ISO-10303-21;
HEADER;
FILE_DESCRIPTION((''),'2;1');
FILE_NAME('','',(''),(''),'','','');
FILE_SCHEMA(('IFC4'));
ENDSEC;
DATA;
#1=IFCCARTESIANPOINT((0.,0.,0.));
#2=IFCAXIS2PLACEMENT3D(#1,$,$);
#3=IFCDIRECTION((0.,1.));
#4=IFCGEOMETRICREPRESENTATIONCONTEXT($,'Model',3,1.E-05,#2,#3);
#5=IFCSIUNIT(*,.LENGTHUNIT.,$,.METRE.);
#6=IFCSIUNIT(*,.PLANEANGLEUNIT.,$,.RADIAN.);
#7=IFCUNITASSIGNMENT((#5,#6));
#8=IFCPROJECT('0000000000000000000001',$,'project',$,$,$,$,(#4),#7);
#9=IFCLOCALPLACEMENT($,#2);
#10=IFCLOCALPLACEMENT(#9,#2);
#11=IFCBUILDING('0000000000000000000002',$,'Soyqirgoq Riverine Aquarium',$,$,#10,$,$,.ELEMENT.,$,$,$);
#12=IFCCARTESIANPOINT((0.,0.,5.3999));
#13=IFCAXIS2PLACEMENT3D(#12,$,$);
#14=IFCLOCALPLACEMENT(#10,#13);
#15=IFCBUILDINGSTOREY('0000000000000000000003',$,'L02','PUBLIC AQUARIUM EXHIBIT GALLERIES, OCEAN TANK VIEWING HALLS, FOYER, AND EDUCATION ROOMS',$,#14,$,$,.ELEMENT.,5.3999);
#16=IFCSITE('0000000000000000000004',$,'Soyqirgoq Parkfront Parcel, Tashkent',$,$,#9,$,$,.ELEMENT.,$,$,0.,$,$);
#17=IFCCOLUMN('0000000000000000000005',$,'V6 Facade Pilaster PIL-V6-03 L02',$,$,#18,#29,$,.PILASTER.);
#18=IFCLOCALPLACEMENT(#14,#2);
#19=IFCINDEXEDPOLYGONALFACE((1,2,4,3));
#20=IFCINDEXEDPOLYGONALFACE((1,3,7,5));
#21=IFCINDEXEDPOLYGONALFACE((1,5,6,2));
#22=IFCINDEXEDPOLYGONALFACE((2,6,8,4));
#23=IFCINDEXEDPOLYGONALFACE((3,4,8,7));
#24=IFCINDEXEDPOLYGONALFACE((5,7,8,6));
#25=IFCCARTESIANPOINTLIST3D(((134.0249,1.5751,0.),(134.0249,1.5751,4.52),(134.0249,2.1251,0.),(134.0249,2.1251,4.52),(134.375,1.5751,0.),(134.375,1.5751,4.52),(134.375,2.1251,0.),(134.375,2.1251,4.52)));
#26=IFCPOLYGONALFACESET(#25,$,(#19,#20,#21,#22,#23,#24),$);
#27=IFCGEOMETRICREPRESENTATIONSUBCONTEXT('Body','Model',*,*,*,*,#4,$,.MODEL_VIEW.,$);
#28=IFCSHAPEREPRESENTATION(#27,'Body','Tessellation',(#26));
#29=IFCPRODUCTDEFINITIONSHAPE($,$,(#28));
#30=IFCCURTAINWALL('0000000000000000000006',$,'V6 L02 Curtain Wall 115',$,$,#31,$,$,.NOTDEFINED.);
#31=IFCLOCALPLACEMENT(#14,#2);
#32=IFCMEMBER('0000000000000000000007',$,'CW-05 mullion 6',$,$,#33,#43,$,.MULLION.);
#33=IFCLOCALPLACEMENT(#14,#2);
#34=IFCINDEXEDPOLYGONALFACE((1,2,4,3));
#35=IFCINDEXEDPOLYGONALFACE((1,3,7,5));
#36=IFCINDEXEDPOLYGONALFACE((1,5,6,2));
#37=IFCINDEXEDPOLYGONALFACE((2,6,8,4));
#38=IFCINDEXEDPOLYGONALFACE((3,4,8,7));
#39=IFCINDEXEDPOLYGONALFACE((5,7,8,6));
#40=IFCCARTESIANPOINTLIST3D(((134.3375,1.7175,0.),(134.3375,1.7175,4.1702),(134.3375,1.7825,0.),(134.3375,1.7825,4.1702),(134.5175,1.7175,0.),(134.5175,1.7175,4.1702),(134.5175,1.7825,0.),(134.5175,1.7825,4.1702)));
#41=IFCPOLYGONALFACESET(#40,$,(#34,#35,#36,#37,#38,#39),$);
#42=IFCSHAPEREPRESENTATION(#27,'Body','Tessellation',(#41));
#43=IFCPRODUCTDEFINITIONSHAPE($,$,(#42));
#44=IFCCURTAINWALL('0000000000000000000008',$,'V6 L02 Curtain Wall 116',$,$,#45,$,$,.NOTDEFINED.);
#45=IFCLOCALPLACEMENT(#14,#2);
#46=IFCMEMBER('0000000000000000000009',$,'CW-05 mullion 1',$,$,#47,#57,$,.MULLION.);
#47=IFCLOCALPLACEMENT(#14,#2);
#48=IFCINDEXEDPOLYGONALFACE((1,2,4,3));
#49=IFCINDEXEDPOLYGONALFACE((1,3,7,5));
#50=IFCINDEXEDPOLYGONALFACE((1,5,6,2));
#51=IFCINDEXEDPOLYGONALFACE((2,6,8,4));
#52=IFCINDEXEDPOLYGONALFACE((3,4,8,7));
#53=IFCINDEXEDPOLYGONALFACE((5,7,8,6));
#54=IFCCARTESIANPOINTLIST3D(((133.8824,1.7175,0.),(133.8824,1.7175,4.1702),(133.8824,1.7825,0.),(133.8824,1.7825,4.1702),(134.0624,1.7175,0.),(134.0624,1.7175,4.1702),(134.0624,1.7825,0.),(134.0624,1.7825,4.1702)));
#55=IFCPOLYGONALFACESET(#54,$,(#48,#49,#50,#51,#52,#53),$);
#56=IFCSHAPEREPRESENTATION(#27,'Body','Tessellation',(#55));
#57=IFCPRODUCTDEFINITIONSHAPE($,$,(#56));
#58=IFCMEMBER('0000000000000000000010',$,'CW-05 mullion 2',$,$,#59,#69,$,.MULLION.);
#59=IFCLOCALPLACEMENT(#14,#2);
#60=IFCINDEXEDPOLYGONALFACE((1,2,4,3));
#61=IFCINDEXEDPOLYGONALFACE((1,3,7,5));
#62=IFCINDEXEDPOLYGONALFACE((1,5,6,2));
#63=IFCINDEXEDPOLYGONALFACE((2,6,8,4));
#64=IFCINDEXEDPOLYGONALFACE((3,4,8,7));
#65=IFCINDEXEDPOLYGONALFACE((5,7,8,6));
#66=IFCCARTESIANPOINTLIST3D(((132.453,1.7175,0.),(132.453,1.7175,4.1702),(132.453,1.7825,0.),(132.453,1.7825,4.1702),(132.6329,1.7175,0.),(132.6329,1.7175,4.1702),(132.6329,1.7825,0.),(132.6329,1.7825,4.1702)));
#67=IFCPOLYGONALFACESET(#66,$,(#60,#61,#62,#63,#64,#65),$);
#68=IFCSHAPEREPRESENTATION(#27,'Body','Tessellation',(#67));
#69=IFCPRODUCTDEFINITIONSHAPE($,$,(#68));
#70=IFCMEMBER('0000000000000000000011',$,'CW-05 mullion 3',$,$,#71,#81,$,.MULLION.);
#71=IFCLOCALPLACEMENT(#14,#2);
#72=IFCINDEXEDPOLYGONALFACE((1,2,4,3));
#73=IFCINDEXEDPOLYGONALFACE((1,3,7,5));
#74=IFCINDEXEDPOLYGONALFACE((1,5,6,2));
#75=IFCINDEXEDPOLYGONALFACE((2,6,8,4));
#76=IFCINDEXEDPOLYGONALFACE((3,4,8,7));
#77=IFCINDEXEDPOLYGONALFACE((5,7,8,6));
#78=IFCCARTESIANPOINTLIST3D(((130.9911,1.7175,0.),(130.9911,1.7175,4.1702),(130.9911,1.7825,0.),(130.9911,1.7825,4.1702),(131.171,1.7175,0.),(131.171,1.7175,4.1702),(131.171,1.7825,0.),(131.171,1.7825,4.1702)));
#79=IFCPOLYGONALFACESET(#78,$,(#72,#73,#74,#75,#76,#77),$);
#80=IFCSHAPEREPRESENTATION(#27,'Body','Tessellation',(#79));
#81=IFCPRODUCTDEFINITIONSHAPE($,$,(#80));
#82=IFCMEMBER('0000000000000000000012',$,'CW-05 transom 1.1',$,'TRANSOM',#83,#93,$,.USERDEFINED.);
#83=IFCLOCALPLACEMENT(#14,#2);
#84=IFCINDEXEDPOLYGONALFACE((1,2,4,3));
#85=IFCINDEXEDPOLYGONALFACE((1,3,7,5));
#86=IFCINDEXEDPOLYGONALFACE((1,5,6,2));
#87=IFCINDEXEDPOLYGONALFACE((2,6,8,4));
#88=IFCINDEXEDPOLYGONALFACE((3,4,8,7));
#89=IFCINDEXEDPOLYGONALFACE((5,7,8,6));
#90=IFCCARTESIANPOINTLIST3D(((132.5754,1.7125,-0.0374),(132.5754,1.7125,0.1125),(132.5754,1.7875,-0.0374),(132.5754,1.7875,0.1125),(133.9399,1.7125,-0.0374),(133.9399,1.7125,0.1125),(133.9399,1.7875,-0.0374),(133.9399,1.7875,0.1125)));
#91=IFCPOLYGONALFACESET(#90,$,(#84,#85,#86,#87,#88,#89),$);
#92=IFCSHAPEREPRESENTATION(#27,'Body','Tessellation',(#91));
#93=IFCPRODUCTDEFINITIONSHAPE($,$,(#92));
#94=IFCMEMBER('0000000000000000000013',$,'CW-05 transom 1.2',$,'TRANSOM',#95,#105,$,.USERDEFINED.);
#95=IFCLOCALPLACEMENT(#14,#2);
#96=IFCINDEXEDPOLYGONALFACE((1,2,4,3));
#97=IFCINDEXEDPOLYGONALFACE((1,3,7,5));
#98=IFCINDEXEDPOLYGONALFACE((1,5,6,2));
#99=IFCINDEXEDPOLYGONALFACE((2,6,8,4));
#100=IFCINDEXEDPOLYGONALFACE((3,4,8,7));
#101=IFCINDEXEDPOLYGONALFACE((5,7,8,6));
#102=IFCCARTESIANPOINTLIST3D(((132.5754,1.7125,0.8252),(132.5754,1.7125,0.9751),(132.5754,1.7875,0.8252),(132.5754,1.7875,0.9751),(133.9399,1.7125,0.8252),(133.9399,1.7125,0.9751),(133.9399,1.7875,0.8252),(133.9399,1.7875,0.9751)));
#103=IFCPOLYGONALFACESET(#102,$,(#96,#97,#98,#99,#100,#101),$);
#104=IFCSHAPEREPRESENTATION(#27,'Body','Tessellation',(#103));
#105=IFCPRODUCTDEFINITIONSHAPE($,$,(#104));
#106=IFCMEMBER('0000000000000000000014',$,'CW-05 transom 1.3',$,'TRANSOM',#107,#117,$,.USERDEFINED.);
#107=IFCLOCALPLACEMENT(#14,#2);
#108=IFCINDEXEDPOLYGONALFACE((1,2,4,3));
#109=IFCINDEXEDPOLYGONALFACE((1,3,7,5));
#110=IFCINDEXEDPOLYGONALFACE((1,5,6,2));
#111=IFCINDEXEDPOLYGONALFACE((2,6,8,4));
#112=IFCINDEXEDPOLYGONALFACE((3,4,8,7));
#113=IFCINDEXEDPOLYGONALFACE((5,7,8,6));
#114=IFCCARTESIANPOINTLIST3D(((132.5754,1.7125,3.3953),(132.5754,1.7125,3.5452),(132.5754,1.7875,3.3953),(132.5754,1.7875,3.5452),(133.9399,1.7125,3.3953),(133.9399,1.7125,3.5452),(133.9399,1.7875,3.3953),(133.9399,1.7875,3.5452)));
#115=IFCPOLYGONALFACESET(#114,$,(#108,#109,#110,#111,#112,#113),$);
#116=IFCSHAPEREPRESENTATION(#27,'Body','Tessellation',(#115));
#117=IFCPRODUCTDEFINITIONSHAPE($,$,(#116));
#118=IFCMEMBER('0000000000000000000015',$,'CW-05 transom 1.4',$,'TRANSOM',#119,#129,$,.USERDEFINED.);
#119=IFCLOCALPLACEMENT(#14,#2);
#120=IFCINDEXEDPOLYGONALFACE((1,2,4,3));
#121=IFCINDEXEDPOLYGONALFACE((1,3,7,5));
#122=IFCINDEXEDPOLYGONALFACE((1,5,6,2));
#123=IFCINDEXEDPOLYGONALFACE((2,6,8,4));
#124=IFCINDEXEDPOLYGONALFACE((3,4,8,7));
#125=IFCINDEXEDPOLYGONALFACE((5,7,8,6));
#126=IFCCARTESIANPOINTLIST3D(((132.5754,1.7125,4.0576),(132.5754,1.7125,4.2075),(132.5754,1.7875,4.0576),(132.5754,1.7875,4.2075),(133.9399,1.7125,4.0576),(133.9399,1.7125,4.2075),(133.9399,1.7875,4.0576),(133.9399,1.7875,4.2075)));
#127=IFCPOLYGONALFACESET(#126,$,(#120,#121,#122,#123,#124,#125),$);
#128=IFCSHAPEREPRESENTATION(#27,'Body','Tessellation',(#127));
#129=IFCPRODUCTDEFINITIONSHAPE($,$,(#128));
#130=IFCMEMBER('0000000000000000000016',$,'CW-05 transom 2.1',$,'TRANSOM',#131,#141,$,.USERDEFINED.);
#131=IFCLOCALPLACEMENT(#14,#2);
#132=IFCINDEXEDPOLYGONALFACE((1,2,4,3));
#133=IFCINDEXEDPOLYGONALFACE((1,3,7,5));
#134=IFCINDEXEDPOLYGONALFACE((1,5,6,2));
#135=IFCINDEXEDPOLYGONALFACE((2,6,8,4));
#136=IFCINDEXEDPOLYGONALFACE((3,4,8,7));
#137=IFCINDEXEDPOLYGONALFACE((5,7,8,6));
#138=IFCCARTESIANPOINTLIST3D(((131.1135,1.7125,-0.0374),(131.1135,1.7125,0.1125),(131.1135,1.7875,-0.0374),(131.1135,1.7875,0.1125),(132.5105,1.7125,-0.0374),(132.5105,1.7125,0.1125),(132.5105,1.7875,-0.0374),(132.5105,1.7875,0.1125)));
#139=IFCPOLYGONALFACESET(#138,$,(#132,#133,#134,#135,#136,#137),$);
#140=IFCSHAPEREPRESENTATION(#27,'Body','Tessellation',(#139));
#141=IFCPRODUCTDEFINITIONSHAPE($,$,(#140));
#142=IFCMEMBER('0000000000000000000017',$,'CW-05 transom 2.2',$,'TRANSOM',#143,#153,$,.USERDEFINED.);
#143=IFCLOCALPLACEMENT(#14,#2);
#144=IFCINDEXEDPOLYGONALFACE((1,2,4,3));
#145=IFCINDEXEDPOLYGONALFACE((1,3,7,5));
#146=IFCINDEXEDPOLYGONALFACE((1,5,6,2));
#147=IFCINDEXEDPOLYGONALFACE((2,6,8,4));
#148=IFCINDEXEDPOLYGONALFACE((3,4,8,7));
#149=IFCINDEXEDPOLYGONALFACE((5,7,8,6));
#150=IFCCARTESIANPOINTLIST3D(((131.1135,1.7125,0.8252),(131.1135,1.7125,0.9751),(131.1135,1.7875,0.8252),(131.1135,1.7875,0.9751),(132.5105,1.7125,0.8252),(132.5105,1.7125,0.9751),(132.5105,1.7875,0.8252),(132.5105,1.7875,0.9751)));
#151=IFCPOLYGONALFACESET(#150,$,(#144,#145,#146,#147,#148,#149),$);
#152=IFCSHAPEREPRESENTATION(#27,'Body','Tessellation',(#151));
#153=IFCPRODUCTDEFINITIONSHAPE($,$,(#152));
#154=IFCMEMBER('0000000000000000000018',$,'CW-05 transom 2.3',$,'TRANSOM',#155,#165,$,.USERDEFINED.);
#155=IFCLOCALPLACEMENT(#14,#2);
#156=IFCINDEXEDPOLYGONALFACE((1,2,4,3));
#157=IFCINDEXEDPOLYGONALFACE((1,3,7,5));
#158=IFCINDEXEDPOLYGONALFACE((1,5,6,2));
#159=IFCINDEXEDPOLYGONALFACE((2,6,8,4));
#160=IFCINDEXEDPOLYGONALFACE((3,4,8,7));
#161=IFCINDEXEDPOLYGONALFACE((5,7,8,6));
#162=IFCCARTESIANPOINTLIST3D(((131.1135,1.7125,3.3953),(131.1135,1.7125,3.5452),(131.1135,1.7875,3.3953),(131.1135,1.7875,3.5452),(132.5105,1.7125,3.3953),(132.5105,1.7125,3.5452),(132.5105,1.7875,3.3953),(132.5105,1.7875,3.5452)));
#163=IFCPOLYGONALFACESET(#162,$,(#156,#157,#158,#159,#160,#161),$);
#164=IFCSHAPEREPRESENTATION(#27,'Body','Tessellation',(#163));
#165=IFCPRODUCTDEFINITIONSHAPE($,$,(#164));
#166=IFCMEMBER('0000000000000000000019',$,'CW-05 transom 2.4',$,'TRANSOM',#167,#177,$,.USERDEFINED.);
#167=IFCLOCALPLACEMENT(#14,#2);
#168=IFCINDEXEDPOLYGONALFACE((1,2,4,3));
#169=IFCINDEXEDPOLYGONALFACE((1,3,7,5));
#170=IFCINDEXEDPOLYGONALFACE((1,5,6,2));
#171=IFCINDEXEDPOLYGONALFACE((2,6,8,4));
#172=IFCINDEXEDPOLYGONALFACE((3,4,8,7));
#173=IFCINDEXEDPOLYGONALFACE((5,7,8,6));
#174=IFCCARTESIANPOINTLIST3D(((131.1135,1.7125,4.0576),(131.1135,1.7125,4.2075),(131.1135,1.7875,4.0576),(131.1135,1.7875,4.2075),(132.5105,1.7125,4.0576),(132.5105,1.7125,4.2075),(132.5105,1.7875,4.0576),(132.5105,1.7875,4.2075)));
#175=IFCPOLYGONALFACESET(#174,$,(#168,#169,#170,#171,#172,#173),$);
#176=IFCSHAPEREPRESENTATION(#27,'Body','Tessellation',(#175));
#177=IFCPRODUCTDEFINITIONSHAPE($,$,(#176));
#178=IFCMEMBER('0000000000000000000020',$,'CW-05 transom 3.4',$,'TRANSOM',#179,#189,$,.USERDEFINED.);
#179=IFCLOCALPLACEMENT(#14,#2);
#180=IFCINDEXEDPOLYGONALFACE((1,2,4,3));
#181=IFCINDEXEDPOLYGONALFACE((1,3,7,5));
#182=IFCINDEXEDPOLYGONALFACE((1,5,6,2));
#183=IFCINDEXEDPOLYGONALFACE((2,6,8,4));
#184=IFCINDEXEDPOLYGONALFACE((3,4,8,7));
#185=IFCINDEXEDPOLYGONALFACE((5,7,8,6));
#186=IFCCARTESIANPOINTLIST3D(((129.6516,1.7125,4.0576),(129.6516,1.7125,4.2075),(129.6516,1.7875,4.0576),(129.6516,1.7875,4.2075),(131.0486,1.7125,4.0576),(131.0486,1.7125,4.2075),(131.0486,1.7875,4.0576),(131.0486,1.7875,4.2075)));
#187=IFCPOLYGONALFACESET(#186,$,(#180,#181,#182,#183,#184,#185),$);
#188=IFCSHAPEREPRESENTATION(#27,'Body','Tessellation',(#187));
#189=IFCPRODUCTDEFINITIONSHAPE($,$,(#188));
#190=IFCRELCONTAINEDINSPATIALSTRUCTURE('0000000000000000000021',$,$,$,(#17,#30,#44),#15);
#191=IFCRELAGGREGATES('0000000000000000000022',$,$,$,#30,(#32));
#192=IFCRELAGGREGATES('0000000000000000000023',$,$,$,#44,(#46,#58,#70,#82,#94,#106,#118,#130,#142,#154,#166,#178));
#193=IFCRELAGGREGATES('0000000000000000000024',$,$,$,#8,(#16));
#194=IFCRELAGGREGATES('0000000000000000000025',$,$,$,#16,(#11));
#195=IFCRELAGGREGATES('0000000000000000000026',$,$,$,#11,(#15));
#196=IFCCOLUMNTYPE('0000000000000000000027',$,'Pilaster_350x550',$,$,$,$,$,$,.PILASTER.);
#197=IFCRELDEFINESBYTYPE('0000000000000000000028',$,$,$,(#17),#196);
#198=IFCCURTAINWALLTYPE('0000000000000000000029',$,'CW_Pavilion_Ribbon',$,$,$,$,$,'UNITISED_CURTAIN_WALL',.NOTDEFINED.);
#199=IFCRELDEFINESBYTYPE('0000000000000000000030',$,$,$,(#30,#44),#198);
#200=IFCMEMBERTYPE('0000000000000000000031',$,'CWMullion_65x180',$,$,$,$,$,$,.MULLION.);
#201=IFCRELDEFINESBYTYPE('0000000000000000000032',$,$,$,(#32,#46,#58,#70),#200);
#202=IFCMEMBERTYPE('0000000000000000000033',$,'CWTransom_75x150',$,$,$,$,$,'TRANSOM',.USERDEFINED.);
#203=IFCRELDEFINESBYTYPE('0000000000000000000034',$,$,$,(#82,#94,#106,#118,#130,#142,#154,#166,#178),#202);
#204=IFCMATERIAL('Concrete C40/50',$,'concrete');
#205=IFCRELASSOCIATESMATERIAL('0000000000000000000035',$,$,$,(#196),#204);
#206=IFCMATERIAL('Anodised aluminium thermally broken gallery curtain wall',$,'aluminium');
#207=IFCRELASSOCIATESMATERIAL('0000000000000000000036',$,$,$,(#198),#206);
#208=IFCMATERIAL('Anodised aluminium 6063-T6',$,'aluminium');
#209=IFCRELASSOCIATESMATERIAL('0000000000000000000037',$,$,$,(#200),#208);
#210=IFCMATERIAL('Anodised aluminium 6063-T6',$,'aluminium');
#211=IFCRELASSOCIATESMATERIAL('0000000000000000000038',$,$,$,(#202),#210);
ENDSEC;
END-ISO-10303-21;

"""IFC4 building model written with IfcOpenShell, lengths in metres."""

from ifc_helpers import new_model, si_unit, direction, frame, origin, origin_2d, place, context, subcontext, project, spatial, rectangle, extrude, material, material_profile, profile_set, type_object, element, aggregate, save


model = new_model("IFC4")

# Units and contexts
model_context = context("Model", 3, precision=1e-05, world=origin(), true_north=direction((0.0, 1.0)))
body_context = subcontext(model_context, "Body", "Model", "MODEL_VIEW")
ifc_project = project(units=[si_unit("LENGTHUNIT", "METRE"), si_unit("PLANEANGLEUNIT", "RADIAN")], contexts=[model_context])

# Site, building, storey
site_placement = place(None, origin())
site = spatial("IfcSite", under=ifc_project, at=site_placement, Name="Soyqirgoq Parkfront Parcel, Tashkent", CompositionType="ELEMENT", RefElevation=0.0)
building_placement = place(site_placement, origin())
building = spatial("IfcBuilding", under=site, at=building_placement, Name="Soyqirgoq Riverine Aquarium", CompositionType="ELEMENT")
storey_placement = place(building_placement, frame((0.0, 0.0, 5.3999)))
storey = spatial("IfcBuildingStorey", under=building, at=storey_placement, Name="L02", Description="PUBLIC AQUARIUM EXHIBIT GALLERIES, OCEAN TANK VIEWING HALLS, FOYER, AND EDUCATION ROOMS", CompositionType="ELEMENT", Elevation=5.3999)

# Column
ifc_material_1 = material(Name="Concrete C40/50", Category="concrete")
ifc_material_profile_1 = material_profile(ifc_material_1, rectangle(XDim=0.3501, YDim=0.55, at=origin_2d()), Name="RC-PIL 350x550")
ifc_profile_set_1 = profile_set([ifc_material_profile_1], Name="Concrete C40/50")
column_type = type_object("IfcColumnType", Name="Pilaster_350x550", PredefinedType="PILASTER", material=ifc_profile_set_1)
column_placement = place(storey_placement, frame((134.2, 1.8501, 0.0), z_axis=(0.0, 0.0, 1.0), x_axis=(1.0, 0.0, 0.0)))
element("IfcColumn", 1, at=column_placement, inside=storey, type_object=column_type, Name="V6 Facade Pilaster PIL-V6-03 L02", PredefinedType="PILASTER", context=body_context, shape_type="SweptSolid", body=[
    extrude(rectangle(XDim=0.3501, YDim=0.55, at=origin_2d()), origin(), (0.0, 0.0, 1.0), 4.52),
])

# Curtain wall, member
ifc_material_2 = material(Name="Anodised aluminium thermally broken gallery curtain wall", Category="aluminium")
curtain_wall_type = type_object("IfcCurtainWallType", Name="CW_Pavilion_Ribbon", ElementType="UNITISED_CURTAIN_WALL", PredefinedType="NOTDEFINED", material=ifc_material_2)
curtain_wall_1_placement = place(storey_placement, origin())
curtain_wall_1 = element("IfcCurtainWall", 2, at=curtain_wall_1_placement, inside=storey, type_object=curtain_wall_type, Name="V6 L02 Curtain Wall 115", PredefinedType="NOTDEFINED")
ifc_material_3 = material(Name="Anodised aluminium 6063-T6", Category="aluminium")
ifc_material_profile_2 = material_profile(ifc_material_3, rectangle(XDim=0.0649, YDim=0.1799, at=origin_2d()), Name="ALU-M 65x180")
ifc_profile_set_2 = profile_set([ifc_material_profile_2], Name="Anodised aluminium 6063-T6")
member_type_1 = type_object("IfcMemberType", Name="CWMullion_65x180", PredefinedType="MULLION", material=ifc_profile_set_2)
member_1_placement = place(storey_placement, frame((134.4275, 1.75, 0.0), z_axis=(0.0, 0.0, 1.0), x_axis=(0.0, -1.0, 0.0)))
member_1 = element("IfcMember", 3, at=member_1_placement, type_object=member_type_1, Name="CW-05 mullion 6", PredefinedType="MULLION", context=body_context, shape_type="SweptSolid", body=[
    extrude(rectangle(XDim=0.0649, YDim=0.1799, at=origin_2d()), origin(), (0.0, 0.0, 1.0), 4.1702),
])

# Curtain wall, members
curtain_wall_2_placement = place(storey_placement, origin())
curtain_wall_2 = element("IfcCurtainWall", 4, at=curtain_wall_2_placement, inside=storey, type_object=curtain_wall_type, Name="V6 L02 Curtain Wall 116", PredefinedType="NOTDEFINED")
member_2_placement = place(storey_placement, frame((133.9724, 1.75, 0.0), z_axis=(0.0, 0.0, 1.0), x_axis=(0.0, -1.0, 0.0)))
member_2 = element("IfcMember", 5, at=member_2_placement, type_object=member_type_1, Name="CW-05 mullion 1", PredefinedType="MULLION", context=body_context, shape_type="SweptSolid", body=[
    extrude(rectangle(XDim=0.0649, YDim=0.1799, at=origin_2d()), origin(), (0.0, 0.0, 1.0), 4.1702),
])
member_3_placement = place(storey_placement, frame((132.543, 1.75, 0.0), z_axis=(0.0, 0.0, 1.0), x_axis=(0.0, -1.0, 0.0)))
member_3 = element("IfcMember", 6, at=member_3_placement, type_object=member_type_1, Name="CW-05 mullion 2", PredefinedType="MULLION", context=body_context, shape_type="SweptSolid", body=[
    extrude(rectangle(XDim=0.0649, YDim=0.1799, at=origin_2d()), origin(), (0.0, 0.0, 1.0), 4.1702),
])
member_4_placement = place(storey_placement, frame((131.0811, 1.75, 0.0), z_axis=(0.0, 0.0, 1.0), x_axis=(0.0, -1.0, 0.0)))
member_4 = element("IfcMember", 7, at=member_4_placement, type_object=member_type_1, Name="CW-05 mullion 3", PredefinedType="MULLION", context=body_context, shape_type="SweptSolid", body=[
    extrude(rectangle(XDim=0.0649, YDim=0.1799, at=origin_2d()), origin(), (0.0, 0.0, 1.0), 4.1702),
])
ifc_material_4 = material(Name="Anodised aluminium 6063-T6", Category="aluminium")
ifc_material_profile_3 = material_profile(ifc_material_4, rectangle(XDim=0.075, YDim=0.1499, at=origin_2d()), Name="ALU-T 75x150")
ifc_profile_set_3 = profile_set([ifc_material_profile_3], Name="Anodised aluminium 6063-T6")
member_type_2 = type_object("IfcMemberType", Name="CWTransom_75x150", ElementType="TRANSOM", PredefinedType="USERDEFINED", material=ifc_profile_set_3)
member_5_placement = place(storey_placement, frame((133.9399, 1.75, 0.0376), z_axis=(-1.0, 0.0, 0.0), x_axis=(0.0, -1.0, 0.0)))
member_5 = element("IfcMember", 8, at=member_5_placement, type_object=member_type_2, Name="CW-05 transom 1.1", ObjectType="TRANSOM", PredefinedType="USERDEFINED", context=body_context, shape_type="SweptSolid", body=[
    extrude(rectangle(XDim=0.075, YDim=0.1499, at=origin_2d()), origin(), (0.0, 0.0, 1.0), 1.3645),
])
member_6_placement = place(storey_placement, frame((133.9399, 1.75, 0.9001), z_axis=(-1.0, 0.0, 0.0), x_axis=(0.0, -1.0, 0.0)))
member_6 = element("IfcMember", 9, at=member_6_placement, type_object=member_type_2, Name="CW-05 transom 1.2", ObjectType="TRANSOM", PredefinedType="USERDEFINED", context=body_context, shape_type="SweptSolid", body=[
    extrude(rectangle(XDim=0.075, YDim=0.1499, at=origin_2d()), origin(), (0.0, 0.0, 1.0), 1.3645),
])
member_7_placement = place(storey_placement, frame((133.9399, 1.75, 3.4702), z_axis=(-1.0, 0.0, 0.0), x_axis=(0.0, -1.0, 0.0)))
member_7 = element("IfcMember", 10, at=member_7_placement, type_object=member_type_2, Name="CW-05 transom 1.3", ObjectType="TRANSOM", PredefinedType="USERDEFINED", context=body_context, shape_type="SweptSolid", body=[
    extrude(rectangle(XDim=0.075, YDim=0.1499, at=origin_2d()), origin(), (0.0, 0.0, 1.0), 1.3645),
])
member_8_placement = place(storey_placement, frame((133.9399, 1.75, 4.1326), z_axis=(-1.0, 0.0, 0.0), x_axis=(0.0, -1.0, 0.0)))
member_8 = element("IfcMember", 11, at=member_8_placement, type_object=member_type_2, Name="CW-05 transom 1.4", ObjectType="TRANSOM", PredefinedType="USERDEFINED", context=body_context, shape_type="SweptSolid", body=[
    extrude(rectangle(XDim=0.075, YDim=0.1499, at=origin_2d()), origin(), (0.0, 0.0, 1.0), 1.3645),
])
member_9_placement = place(storey_placement, frame((132.5105, 1.75, 0.0376), z_axis=(-1.0, 0.0, 0.0), x_axis=(0.0, -1.0, 0.0)))
member_9 = element("IfcMember", 12, at=member_9_placement, type_object=member_type_2, Name="CW-05 transom 2.1", ObjectType="TRANSOM", PredefinedType="USERDEFINED", context=body_context, shape_type="SweptSolid", body=[
    extrude(rectangle(XDim=0.075, YDim=0.1499, at=origin_2d()), origin(), (0.0, 0.0, 1.0), 1.397),
])
member_10_placement = place(storey_placement, frame((132.5105, 1.75, 0.9001), z_axis=(-1.0, 0.0, 0.0), x_axis=(0.0, -1.0, 0.0)))
member_10 = element("IfcMember", 13, at=member_10_placement, type_object=member_type_2, Name="CW-05 transom 2.2", ObjectType="TRANSOM", PredefinedType="USERDEFINED", context=body_context, shape_type="SweptSolid", body=[
    extrude(rectangle(XDim=0.075, YDim=0.1499, at=origin_2d()), origin(), (0.0, 0.0, 1.0), 1.397),
])
member_11_placement = place(storey_placement, frame((132.5105, 1.75, 3.4702), z_axis=(-1.0, 0.0, 0.0), x_axis=(0.0, -1.0, 0.0)))
member_11 = element("IfcMember", 14, at=member_11_placement, type_object=member_type_2, Name="CW-05 transom 2.3", ObjectType="TRANSOM", PredefinedType="USERDEFINED", context=body_context, shape_type="SweptSolid", body=[
    extrude(rectangle(XDim=0.075, YDim=0.1499, at=origin_2d()), origin(), (0.0, 0.0, 1.0), 1.397),
])
member_12_placement = place(storey_placement, frame((132.5105, 1.75, 4.1326), z_axis=(-1.0, 0.0, 0.0), x_axis=(0.0, -1.0, 0.0)))
member_12 = element("IfcMember", 15, at=member_12_placement, type_object=member_type_2, Name="CW-05 transom 2.4", ObjectType="TRANSOM", PredefinedType="USERDEFINED", context=body_context, shape_type="SweptSolid", body=[
    extrude(rectangle(XDim=0.075, YDim=0.1499, at=origin_2d()), origin(), (0.0, 0.0, 1.0), 1.397),
])
member_13_placement = place(storey_placement, frame((131.0486, 1.75, 4.1326), z_axis=(-1.0, 0.0, 0.0), x_axis=(0.0, -1.0, 0.0)))
member_13 = element("IfcMember", 16, at=member_13_placement, type_object=member_type_2, Name="CW-05 transom 3.4", ObjectType="TRANSOM", PredefinedType="USERDEFINED", context=body_context, shape_type="SweptSolid", body=[
    extrude(rectangle(XDim=0.075, YDim=0.1499, at=origin_2d()), origin(), (0.0, 0.0, 1.0), 1.397),
])

aggregate(curtain_wall_1, [member_1])
aggregate(curtain_wall_2, [member_2, member_3, member_4, member_5, member_6, member_7, member_8, member_9, member_10, member_11, member_12, member_13])

save(model, "model.ifc")
